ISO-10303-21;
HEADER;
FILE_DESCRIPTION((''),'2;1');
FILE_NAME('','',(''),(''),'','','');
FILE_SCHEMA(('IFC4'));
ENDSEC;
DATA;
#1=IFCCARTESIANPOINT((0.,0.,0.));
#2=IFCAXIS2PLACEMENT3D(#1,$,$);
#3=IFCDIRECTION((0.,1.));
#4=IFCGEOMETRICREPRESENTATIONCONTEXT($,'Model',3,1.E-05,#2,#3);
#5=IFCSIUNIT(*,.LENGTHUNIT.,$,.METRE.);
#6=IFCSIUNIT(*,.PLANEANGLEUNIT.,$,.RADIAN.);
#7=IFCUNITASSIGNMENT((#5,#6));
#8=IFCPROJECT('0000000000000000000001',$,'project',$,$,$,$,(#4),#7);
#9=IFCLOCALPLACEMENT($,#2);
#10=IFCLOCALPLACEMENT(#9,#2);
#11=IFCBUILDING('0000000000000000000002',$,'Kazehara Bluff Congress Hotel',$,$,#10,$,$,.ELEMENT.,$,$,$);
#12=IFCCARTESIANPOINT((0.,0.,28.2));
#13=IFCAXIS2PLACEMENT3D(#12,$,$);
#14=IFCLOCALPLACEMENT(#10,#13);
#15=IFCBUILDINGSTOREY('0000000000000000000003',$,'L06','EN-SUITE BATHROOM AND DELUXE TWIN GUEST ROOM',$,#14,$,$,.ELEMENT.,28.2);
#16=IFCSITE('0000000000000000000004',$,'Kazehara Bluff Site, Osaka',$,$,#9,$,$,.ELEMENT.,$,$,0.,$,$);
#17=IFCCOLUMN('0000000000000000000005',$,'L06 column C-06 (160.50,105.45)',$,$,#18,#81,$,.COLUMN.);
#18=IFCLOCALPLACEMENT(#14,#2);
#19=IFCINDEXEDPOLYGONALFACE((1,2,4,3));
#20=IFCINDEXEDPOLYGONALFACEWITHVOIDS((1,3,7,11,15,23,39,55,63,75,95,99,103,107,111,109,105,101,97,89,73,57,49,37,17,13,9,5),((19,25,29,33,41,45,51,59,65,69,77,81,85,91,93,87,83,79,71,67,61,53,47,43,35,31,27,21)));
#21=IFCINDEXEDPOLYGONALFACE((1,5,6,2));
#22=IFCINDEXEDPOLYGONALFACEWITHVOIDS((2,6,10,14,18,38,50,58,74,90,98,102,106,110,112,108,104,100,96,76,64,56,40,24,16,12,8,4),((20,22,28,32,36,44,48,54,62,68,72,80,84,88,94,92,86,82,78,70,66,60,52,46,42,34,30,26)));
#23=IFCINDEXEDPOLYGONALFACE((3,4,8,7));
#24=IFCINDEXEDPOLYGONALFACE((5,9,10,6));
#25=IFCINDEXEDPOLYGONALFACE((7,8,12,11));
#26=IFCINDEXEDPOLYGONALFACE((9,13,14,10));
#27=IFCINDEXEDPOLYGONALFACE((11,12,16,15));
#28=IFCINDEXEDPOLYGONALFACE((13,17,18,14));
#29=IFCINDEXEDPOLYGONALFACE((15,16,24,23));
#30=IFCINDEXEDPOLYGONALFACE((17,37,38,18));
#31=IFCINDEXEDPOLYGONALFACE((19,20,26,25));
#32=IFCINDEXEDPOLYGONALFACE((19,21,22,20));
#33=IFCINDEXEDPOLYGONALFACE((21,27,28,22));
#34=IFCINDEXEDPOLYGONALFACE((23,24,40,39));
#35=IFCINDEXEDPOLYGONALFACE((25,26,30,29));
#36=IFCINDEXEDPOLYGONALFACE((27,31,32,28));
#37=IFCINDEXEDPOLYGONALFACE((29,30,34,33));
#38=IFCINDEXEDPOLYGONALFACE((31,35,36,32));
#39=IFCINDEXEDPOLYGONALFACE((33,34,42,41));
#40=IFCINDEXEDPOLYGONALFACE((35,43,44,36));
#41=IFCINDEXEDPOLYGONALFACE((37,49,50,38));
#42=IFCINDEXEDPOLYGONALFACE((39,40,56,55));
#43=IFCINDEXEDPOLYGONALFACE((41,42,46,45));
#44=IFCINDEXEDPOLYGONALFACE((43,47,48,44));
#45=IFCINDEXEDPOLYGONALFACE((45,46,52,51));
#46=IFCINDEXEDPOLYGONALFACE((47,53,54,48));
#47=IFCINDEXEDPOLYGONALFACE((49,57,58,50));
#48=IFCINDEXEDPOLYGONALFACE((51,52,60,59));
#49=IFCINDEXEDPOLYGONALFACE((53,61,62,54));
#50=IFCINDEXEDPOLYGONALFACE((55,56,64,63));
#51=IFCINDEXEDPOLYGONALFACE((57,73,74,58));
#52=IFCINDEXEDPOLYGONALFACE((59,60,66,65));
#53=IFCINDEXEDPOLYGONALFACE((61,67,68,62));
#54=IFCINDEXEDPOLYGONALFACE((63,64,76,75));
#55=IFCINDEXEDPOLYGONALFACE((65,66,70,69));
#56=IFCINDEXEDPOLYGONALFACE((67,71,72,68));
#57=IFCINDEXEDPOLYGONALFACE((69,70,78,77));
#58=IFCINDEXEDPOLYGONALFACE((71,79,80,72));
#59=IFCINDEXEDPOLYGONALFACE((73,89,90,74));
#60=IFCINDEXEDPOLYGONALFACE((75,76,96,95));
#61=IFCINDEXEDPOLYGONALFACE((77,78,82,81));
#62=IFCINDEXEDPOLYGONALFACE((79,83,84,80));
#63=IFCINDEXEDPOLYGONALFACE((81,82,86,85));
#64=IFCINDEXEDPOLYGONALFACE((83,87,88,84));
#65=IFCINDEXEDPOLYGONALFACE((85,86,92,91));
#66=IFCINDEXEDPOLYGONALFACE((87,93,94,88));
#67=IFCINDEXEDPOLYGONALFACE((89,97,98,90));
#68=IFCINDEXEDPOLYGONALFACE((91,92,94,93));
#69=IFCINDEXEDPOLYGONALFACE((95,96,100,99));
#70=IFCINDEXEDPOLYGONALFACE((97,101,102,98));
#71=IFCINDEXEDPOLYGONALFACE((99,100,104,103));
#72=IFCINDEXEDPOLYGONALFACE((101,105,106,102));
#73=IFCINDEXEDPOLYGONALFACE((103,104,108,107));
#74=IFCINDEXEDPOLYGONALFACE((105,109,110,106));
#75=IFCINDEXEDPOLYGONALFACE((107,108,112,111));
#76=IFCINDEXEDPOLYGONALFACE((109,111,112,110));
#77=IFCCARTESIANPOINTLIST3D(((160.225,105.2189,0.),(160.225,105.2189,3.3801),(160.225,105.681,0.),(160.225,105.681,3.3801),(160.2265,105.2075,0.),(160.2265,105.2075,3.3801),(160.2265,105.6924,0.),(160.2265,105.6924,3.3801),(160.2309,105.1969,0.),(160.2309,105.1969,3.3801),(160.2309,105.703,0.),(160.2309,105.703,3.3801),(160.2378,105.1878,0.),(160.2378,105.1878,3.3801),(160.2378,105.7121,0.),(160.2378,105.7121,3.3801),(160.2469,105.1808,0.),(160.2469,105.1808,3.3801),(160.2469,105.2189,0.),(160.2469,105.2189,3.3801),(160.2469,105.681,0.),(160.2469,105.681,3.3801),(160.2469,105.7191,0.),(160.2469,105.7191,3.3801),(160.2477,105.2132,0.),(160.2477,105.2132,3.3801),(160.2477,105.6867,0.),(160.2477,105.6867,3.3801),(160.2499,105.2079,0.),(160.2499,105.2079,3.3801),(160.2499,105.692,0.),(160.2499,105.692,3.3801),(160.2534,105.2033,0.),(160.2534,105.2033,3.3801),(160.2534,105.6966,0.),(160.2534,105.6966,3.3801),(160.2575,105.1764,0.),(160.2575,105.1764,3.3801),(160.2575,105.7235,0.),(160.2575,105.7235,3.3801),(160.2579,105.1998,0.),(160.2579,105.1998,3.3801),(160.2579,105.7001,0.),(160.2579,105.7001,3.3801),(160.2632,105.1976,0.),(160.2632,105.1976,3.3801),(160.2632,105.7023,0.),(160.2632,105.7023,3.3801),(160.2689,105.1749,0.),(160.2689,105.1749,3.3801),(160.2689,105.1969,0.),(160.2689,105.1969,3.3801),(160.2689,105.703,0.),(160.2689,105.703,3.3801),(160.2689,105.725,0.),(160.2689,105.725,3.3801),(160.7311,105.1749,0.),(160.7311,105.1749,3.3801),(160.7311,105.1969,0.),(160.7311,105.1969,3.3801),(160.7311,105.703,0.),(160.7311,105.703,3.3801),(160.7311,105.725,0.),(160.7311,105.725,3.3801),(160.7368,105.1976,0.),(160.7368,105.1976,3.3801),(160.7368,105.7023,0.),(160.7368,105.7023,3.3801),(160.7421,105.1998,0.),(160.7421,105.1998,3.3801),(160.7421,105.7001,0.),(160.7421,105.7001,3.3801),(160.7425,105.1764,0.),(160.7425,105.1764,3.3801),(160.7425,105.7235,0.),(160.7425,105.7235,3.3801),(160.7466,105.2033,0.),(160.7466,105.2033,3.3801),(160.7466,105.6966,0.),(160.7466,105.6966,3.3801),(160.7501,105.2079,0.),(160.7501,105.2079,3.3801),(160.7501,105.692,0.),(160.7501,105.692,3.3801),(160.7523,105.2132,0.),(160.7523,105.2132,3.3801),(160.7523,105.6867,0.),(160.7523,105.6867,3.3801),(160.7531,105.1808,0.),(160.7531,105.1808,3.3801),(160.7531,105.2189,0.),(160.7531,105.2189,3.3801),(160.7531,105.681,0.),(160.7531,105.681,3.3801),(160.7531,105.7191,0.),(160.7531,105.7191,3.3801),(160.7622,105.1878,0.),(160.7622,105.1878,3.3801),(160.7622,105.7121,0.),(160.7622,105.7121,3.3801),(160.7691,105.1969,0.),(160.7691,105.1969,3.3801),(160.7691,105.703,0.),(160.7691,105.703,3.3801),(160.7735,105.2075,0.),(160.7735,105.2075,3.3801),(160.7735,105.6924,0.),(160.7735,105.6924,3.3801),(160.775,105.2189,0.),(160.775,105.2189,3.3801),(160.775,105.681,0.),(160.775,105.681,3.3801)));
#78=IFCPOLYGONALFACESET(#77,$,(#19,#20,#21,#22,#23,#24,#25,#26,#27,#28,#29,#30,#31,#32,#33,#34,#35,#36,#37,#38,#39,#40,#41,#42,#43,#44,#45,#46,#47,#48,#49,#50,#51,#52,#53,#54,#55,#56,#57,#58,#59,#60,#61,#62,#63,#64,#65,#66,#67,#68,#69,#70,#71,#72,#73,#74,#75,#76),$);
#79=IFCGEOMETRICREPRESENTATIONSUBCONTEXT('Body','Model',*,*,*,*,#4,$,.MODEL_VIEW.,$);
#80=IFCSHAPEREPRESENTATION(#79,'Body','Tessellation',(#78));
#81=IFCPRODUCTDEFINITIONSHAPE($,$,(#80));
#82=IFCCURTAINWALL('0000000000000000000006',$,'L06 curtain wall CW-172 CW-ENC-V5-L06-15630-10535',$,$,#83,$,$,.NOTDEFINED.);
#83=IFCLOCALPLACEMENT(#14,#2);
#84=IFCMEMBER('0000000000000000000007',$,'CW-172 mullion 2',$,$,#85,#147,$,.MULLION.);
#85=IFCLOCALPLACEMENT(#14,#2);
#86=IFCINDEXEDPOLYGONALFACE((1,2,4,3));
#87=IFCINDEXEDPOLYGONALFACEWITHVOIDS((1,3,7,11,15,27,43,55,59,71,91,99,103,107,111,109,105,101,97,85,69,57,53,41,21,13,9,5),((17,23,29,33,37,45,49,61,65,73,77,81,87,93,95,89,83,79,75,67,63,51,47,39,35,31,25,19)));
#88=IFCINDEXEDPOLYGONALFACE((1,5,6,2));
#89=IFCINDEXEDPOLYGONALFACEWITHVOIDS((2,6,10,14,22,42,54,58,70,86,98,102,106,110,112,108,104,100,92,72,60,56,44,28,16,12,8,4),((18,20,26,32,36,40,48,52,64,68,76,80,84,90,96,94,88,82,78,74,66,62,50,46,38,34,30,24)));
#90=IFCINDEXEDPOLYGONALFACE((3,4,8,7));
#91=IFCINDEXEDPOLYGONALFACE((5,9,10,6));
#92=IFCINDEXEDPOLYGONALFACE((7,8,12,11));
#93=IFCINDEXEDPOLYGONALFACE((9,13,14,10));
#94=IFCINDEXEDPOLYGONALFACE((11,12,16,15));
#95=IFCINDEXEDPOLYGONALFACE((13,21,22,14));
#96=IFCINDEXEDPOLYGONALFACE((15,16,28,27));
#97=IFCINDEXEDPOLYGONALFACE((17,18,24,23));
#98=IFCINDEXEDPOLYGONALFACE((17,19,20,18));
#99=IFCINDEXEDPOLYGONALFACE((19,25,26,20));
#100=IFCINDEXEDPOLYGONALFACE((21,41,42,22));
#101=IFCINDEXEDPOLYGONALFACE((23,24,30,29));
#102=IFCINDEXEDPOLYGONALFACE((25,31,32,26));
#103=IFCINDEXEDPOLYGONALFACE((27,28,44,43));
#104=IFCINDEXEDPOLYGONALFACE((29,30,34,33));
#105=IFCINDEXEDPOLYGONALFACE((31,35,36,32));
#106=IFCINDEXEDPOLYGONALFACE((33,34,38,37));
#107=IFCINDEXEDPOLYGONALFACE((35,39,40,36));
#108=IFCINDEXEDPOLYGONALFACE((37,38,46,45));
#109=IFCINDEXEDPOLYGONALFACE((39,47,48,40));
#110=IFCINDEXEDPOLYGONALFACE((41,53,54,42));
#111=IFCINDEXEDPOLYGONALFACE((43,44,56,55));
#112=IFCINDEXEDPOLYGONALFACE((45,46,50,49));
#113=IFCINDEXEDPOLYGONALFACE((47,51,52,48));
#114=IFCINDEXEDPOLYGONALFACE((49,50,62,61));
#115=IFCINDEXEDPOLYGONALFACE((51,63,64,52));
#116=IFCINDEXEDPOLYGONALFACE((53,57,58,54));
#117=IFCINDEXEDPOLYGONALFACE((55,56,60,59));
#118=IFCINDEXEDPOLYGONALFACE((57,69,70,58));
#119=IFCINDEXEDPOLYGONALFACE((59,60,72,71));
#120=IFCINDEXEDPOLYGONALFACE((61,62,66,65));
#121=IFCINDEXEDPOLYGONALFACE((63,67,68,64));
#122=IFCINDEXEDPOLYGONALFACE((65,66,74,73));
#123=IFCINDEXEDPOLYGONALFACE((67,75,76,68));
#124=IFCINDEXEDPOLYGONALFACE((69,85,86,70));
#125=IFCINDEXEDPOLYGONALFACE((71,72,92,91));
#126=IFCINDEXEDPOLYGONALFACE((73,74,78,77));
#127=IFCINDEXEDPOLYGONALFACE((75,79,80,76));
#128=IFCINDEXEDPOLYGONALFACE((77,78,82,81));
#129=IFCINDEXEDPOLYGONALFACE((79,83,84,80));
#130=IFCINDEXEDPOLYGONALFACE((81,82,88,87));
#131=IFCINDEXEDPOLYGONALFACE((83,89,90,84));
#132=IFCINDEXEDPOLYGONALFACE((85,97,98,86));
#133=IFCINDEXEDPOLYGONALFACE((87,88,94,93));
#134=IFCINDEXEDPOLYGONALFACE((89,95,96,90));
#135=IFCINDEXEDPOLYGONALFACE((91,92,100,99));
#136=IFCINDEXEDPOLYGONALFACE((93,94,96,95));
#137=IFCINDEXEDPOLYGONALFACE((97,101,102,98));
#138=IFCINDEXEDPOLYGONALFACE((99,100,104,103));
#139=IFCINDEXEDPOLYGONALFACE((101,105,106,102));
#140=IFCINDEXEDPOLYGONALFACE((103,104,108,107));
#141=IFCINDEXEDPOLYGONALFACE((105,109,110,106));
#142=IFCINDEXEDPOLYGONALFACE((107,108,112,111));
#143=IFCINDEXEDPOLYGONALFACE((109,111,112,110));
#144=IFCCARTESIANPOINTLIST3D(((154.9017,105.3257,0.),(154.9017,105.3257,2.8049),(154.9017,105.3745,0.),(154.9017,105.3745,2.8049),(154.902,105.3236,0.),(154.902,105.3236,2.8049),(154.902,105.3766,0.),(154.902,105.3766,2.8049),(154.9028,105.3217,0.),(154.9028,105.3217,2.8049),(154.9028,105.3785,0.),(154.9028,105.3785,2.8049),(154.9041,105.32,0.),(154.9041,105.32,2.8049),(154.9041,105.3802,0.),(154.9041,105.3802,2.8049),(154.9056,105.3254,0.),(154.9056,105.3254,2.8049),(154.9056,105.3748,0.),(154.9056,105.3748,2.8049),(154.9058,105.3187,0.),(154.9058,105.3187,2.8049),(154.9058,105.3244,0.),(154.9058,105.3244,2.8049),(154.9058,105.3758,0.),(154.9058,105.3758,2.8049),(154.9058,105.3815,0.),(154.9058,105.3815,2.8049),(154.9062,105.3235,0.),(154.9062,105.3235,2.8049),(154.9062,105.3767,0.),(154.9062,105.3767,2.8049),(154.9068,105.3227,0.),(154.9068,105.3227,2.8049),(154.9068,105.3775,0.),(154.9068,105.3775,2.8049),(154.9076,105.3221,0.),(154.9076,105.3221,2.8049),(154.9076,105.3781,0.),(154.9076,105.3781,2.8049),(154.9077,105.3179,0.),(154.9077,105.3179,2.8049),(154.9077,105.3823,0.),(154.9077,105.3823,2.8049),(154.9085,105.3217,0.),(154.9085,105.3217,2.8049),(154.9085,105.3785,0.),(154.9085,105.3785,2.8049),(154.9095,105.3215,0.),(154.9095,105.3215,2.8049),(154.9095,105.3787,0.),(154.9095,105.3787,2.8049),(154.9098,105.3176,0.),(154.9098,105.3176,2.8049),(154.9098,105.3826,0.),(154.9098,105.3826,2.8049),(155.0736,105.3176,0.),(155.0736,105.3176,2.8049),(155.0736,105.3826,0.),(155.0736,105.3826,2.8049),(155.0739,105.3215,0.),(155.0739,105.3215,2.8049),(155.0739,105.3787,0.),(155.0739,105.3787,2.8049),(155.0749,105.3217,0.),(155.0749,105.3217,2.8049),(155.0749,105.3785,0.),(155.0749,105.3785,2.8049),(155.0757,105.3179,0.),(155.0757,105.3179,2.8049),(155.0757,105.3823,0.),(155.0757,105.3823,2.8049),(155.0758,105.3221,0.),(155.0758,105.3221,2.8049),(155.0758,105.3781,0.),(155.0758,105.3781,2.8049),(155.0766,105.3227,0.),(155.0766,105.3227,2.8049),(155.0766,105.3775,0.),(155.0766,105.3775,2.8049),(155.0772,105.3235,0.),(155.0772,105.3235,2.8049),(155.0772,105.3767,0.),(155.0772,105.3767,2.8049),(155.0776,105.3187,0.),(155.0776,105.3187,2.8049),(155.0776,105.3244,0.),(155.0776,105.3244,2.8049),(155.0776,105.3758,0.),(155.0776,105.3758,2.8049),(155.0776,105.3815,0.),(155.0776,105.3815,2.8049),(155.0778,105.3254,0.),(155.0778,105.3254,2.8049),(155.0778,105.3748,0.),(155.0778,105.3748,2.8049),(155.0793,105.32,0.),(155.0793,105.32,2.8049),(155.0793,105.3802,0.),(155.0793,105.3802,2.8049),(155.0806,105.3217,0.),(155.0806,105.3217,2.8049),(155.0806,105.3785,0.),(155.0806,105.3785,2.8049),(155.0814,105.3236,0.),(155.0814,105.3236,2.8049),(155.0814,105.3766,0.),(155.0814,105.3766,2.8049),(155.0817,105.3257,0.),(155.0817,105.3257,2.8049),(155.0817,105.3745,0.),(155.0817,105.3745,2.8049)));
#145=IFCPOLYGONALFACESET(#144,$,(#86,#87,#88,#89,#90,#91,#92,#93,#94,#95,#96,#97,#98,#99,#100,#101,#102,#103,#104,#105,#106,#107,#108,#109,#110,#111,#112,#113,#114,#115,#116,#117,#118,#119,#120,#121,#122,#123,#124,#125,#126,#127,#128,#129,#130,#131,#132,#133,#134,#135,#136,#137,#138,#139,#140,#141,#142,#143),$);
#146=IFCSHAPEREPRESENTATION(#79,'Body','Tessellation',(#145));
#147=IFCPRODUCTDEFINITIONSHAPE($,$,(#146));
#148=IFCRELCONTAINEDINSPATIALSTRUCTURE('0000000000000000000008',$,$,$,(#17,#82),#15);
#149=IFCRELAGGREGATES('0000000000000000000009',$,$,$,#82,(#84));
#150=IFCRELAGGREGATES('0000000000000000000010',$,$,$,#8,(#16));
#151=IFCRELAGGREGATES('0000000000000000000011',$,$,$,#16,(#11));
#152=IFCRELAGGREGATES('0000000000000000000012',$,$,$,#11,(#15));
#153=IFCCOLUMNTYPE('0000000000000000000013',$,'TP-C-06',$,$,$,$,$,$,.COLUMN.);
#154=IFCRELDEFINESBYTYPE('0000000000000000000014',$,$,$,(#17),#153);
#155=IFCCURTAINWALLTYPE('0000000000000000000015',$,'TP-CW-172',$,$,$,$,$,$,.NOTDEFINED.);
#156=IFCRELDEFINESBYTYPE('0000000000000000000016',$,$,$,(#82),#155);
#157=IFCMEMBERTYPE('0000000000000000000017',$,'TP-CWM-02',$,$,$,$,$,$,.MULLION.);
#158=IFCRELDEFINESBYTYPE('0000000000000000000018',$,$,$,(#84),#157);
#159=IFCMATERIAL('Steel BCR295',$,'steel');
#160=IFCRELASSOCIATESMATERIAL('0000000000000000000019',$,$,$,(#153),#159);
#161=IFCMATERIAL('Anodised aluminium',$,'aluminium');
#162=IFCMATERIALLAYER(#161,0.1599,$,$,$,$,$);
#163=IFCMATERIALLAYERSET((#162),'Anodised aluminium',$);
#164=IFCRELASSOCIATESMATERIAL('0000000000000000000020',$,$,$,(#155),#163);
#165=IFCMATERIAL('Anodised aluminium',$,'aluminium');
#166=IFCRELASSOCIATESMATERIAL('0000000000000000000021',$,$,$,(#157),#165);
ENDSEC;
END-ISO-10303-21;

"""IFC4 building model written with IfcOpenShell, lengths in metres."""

from ifc_helpers import new_model, si_unit, direction, frame, origin, origin_2d, place, context, subcontext, project, spatial, hollow_rectangle, extrude, material, layer, layer_set, material_profile, profile_set, type_object, element, aggregate, save


model = new_model("IFC4")

# Units and contexts
model_context = context("Model", 3, precision=1e-05, world=origin(), true_north=direction((0.0, 1.0)))
body_context = subcontext(model_context, "Body", "Model", "MODEL_VIEW")
ifc_project = project(units=[si_unit("LENGTHUNIT", "METRE"), si_unit("PLANEANGLEUNIT", "RADIAN")], contexts=[model_context])

# Site, building, storey
site_placement = place(None, origin())
site = spatial("IfcSite", under=ifc_project, at=site_placement, Name="Kazehara Bluff Site, Osaka", CompositionType="ELEMENT", RefElevation=0.0)
building_placement = place(site_placement, origin())
building = spatial("IfcBuilding", under=site, at=building_placement, Name="Kazehara Bluff Congress Hotel", CompositionType="ELEMENT")
storey_placement = place(building_placement, frame((0.0, 0.0, 28.2)))
storey = spatial("IfcBuildingStorey", under=building, at=storey_placement, Name="L06", Description="EN-SUITE BATHROOM AND DELUXE TWIN GUEST ROOM", CompositionType="ELEMENT", Elevation=28.2)

# Column
ifc_material_1 = material(Name="Steel BCR295", Category="steel")
ifc_material_profile_1 = material_profile(ifc_material_1, hollow_rectangle(XDim=0.55, YDim=0.55, WallThickness=0.022, InnerFilletRadius=0.022, OuterFilletRadius=0.0439, at=origin_2d()))
ifc_profile_set_1 = profile_set([ifc_material_profile_1], Name="Steel BCR295")
column_type = type_object("IfcColumnType", Name="TP-C-06", PredefinedType="COLUMN", material=ifc_profile_set_1)
column_placement = place(storey_placement, frame((160.5, 105.45, 0.0), z_axis=(0.0, 0.0, 1.0), x_axis=(1.0, 0.0, 0.0)))
element("IfcColumn", 1, at=column_placement, inside=storey, type_object=column_type, Name="L06 column C-06 (160.50,105.45)", PredefinedType="COLUMN", context=body_context, shape_type="SweptSolid", body=[
    extrude(hollow_rectangle(XDim=0.55, YDim=0.55, WallThickness=0.022, InnerFilletRadius=0.022, OuterFilletRadius=0.0439, at=origin_2d()), origin(), (0.0, 0.0, 1.0), 3.3801),
])

# Curtain wall, member
ifc_material_2 = material(Name="Anodised aluminium", Category="aluminium")
ifc_layer_1 = layer(ifc_material_2, 0.1599)
ifc_layer_set_1 = layer_set([ifc_layer_1], Name="Anodised aluminium")
curtain_wall_type = type_object("IfcCurtainWallType", Name="TP-CW-172", PredefinedType="NOTDEFINED", material=ifc_layer_set_1)
curtain_wall_placement = place(storey_placement, origin())
curtain_wall = element("IfcCurtainWall", 2, at=curtain_wall_placement, inside=storey, type_object=curtain_wall_type, Name="L06 curtain wall CW-172 CW-ENC-V5-L06-15630-10535", PredefinedType="NOTDEFINED")
ifc_material_3 = material(Name="Anodised aluminium", Category="aluminium")
ifc_material_profile_2 = material_profile(ifc_material_3, hollow_rectangle(XDim=0.0649, YDim=0.1799, WallThickness=0.0039, InnerFilletRadius=0.0039, OuterFilletRadius=0.0081, at=origin_2d()))
ifc_profile_set_2 = profile_set([ifc_material_profile_2], Name="Anodised aluminium")
member_type_1 = type_object("IfcMemberType", Name="TP-CWM-02", PredefinedType="MULLION", material=ifc_profile_set_2)
member_1_placement = place(storey_placement, frame((154.9917, 105.3501, 0.0), z_axis=(0.0, 0.0, 1.0), x_axis=(0.0, 1.0, 0.0)))
member_1 = element("IfcMember", 3, at=member_1_placement, type_object=member_type_1, Name="CW-172 mullion 2", PredefinedType="MULLION", context=body_context, shape_type="SweptSolid", body=[
    extrude(hollow_rectangle(XDim=0.0649, YDim=0.1799, WallThickness=0.0039, InnerFilletRadius=0.0039, OuterFilletRadius=0.0081, at=origin_2d()), origin(), (0.0, 0.0, 1.0), 2.8049),
])
aggregate(curtain_wall, [member_1])

save(model, "model.ifc")
